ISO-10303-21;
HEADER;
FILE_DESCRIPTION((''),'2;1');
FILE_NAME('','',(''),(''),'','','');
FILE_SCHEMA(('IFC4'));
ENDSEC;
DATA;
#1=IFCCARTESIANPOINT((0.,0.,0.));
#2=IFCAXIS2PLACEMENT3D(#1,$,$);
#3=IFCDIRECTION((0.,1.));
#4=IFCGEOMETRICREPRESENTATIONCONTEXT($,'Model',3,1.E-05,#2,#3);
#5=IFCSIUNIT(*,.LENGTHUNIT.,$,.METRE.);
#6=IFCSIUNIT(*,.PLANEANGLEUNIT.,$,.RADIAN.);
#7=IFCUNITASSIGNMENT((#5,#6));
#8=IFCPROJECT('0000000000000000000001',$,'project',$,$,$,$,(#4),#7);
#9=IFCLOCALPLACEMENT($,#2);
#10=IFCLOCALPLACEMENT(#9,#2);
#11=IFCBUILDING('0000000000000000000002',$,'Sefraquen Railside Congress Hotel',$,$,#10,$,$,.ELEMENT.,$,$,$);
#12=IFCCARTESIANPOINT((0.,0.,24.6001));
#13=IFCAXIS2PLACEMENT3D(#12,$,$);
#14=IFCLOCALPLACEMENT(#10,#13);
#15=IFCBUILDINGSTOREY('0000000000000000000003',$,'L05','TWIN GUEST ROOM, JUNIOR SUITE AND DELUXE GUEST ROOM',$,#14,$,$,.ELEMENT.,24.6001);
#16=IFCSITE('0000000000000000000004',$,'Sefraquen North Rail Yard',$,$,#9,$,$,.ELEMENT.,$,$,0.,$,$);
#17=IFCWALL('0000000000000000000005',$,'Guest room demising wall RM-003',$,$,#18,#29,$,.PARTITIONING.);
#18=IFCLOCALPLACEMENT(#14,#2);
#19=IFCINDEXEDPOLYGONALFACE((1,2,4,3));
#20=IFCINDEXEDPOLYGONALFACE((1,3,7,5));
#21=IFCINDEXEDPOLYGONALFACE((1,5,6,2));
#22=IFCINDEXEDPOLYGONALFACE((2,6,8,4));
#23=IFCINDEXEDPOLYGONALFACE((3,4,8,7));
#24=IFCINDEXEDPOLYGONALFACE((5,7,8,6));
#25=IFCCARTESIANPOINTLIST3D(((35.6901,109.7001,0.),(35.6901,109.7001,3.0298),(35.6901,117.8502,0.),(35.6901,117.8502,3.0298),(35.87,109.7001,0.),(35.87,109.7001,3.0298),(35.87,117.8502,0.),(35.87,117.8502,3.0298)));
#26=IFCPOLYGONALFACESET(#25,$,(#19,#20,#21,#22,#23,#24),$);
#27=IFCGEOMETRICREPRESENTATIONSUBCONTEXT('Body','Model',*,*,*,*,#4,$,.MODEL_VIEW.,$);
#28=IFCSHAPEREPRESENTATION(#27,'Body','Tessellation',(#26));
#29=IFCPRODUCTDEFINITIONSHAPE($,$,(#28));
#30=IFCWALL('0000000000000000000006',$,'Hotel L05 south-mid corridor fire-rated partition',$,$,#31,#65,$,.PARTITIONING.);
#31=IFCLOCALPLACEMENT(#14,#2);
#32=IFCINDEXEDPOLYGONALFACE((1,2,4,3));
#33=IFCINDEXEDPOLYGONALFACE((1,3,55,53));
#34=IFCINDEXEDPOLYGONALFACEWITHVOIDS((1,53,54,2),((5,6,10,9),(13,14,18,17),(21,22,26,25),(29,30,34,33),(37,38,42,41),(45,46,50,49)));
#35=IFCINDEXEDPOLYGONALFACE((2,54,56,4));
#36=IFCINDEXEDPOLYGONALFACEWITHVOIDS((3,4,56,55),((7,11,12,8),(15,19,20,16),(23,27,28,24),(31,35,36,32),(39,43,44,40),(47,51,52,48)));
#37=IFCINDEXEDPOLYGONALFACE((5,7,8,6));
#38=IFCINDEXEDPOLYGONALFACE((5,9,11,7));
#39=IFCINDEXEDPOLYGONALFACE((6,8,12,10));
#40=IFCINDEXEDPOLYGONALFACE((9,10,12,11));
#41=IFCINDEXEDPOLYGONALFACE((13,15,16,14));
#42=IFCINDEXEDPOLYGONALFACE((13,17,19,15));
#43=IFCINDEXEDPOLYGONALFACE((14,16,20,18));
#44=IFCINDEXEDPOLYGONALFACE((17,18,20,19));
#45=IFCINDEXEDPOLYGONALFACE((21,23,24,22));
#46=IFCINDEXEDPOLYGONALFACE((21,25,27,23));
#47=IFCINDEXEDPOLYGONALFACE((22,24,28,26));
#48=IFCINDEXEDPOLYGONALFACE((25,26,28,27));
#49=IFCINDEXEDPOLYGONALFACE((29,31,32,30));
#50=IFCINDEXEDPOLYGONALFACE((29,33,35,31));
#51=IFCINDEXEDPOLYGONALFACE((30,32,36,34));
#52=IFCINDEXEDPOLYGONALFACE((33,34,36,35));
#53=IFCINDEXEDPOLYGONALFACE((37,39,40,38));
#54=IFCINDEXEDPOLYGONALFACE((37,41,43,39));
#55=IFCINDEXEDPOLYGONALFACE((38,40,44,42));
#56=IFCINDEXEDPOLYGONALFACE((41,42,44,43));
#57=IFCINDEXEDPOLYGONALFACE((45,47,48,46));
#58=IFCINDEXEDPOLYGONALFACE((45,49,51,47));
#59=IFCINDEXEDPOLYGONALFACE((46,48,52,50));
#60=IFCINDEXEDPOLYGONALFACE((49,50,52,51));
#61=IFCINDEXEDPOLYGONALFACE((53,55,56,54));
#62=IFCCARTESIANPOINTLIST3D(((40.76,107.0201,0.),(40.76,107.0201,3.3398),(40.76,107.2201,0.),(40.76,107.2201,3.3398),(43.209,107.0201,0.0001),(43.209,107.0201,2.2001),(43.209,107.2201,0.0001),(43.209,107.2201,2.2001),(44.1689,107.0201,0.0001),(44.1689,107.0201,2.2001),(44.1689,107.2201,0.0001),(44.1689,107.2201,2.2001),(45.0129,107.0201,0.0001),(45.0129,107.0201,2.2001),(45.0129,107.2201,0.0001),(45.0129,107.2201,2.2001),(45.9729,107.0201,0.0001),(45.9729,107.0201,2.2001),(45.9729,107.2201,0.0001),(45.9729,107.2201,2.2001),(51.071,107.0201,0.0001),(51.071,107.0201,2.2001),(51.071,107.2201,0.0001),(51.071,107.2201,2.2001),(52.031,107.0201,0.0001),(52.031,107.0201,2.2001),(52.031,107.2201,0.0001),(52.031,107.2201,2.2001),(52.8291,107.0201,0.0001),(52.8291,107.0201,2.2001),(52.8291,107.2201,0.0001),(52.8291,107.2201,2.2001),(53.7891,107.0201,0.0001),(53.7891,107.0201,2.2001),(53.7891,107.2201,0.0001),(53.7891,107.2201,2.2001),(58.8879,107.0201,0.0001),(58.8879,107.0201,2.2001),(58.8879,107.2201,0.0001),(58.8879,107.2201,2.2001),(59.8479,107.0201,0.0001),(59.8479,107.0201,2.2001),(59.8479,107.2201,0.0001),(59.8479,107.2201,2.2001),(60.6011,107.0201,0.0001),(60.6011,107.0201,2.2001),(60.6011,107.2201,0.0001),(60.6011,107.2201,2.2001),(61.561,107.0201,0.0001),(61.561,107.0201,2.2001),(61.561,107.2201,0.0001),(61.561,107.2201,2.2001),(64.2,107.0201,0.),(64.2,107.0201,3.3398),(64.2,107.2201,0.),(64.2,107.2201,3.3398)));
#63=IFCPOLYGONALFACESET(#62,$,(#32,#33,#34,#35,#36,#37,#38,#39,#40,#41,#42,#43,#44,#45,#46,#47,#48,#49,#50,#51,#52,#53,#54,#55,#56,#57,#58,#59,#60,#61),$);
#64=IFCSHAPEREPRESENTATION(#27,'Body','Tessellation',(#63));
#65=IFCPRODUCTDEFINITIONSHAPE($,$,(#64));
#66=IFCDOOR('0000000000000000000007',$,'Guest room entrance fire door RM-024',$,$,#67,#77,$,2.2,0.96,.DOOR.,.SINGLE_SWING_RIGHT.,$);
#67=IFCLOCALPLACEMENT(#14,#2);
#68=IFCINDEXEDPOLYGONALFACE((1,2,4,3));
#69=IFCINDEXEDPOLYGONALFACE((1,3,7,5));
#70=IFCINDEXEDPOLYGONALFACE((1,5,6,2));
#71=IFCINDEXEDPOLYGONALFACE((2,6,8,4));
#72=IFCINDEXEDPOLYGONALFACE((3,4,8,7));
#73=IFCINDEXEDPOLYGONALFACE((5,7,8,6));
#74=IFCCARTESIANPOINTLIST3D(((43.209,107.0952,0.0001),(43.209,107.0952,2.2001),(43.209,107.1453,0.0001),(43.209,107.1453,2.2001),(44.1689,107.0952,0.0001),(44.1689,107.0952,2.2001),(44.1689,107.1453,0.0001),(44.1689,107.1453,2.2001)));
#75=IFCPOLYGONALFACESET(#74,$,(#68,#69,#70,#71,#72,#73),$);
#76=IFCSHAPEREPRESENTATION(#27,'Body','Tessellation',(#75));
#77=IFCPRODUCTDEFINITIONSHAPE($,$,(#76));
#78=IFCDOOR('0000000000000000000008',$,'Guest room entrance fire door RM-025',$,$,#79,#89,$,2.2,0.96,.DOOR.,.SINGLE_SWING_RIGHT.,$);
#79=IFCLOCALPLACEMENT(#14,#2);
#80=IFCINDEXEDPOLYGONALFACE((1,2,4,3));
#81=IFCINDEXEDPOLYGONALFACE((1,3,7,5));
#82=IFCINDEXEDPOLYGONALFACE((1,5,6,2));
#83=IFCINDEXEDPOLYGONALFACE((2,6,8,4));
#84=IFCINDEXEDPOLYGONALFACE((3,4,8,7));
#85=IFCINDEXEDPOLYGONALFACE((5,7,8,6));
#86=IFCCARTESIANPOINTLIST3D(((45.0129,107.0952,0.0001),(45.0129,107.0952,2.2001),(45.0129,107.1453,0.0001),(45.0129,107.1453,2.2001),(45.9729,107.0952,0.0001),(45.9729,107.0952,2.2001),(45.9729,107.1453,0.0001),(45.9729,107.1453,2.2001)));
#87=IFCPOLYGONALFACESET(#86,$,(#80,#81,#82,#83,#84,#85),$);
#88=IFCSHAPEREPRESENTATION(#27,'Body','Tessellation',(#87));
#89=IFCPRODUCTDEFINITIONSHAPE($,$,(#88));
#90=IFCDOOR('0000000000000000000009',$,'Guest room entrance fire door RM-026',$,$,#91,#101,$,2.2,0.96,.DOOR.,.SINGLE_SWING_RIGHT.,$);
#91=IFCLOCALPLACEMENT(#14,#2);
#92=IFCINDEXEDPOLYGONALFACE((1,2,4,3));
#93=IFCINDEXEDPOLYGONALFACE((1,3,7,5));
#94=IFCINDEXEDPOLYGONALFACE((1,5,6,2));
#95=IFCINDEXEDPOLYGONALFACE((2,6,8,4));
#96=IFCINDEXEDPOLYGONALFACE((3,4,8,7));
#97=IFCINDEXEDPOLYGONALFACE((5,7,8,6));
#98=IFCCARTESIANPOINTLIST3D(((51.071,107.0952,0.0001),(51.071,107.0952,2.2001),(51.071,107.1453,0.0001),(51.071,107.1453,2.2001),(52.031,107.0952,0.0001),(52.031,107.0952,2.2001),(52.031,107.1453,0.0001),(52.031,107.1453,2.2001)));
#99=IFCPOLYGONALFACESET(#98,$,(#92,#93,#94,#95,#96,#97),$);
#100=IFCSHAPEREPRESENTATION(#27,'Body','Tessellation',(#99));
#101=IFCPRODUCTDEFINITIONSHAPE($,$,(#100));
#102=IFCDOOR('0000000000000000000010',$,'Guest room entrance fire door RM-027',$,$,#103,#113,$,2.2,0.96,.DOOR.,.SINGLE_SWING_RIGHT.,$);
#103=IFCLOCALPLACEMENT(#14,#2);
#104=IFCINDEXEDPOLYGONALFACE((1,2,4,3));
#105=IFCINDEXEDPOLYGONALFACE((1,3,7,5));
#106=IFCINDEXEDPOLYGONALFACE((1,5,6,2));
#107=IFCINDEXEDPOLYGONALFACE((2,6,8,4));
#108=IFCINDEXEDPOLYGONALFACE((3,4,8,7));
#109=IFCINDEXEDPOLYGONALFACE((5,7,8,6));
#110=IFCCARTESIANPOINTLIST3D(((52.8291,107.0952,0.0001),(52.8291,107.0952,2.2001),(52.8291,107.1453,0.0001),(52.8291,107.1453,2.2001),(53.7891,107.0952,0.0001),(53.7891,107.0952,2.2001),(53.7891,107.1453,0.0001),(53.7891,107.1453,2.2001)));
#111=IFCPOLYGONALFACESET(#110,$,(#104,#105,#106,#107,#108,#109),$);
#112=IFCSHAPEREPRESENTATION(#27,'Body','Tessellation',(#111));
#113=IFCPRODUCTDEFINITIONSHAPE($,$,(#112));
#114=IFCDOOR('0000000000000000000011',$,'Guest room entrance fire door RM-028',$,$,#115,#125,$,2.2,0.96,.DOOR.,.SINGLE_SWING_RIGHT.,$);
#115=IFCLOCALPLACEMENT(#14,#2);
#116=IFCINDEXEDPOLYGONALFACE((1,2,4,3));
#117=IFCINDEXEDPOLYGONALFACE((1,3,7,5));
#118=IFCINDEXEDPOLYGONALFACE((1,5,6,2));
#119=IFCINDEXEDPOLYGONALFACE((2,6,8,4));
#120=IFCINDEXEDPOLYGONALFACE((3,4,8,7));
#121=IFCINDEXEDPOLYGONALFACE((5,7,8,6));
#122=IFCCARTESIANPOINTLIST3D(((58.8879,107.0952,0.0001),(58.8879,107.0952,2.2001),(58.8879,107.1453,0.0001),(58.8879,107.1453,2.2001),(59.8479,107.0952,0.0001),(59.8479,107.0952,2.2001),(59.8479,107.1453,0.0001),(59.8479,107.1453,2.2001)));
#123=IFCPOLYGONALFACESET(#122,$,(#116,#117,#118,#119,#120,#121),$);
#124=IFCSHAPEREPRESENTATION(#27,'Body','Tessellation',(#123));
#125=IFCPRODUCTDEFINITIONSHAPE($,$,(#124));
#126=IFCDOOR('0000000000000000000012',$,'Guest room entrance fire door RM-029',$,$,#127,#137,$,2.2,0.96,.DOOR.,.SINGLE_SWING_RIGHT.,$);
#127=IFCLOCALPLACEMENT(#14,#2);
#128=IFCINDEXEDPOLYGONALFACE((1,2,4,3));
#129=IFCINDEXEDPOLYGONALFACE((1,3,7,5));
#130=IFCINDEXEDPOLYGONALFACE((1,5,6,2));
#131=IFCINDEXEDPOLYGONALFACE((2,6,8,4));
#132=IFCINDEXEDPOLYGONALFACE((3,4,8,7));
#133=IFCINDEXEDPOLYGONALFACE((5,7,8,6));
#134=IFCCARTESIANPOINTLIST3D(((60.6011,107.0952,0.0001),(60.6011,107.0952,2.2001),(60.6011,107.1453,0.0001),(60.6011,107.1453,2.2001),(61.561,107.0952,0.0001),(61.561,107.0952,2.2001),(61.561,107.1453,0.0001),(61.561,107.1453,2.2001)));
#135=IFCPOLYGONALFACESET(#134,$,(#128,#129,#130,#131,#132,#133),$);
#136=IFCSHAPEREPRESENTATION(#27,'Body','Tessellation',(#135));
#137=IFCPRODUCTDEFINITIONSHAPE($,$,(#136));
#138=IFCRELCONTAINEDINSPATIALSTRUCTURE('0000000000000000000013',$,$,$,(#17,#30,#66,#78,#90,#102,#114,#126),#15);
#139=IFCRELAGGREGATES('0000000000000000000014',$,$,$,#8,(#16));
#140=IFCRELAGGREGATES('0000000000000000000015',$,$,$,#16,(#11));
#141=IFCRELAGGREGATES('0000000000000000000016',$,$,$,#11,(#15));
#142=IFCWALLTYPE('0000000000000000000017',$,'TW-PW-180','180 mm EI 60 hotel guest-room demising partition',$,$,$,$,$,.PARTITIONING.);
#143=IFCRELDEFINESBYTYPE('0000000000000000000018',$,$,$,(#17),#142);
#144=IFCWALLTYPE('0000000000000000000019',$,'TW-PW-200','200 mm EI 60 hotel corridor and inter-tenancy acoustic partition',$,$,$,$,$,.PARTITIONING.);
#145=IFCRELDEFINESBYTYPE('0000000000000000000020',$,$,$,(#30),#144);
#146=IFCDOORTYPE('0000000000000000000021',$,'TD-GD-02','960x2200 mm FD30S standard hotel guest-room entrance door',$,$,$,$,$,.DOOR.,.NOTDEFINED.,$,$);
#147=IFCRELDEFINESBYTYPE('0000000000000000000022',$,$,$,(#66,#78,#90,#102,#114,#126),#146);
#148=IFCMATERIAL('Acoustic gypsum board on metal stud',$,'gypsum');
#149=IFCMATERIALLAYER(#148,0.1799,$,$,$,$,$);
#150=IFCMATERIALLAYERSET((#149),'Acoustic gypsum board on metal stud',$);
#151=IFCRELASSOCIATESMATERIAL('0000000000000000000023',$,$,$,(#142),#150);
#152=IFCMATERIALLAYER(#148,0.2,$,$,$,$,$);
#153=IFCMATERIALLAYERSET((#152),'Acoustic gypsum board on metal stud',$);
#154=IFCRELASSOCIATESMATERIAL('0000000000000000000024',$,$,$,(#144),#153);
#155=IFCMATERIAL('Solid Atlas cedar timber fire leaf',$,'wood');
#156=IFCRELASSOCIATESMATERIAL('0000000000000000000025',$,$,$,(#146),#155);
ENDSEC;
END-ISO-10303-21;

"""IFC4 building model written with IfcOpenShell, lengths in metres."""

from ifc_helpers import new_model, si_unit, direction, frame, frame_2d, origin, place, context, subcontext, project, spatial, rectangle, extrude, material, layer, layer_set, type_object, element, fill, save


model = new_model("IFC4")

# Units and contexts
model_context = context("Model", 3, precision=1e-05, world=origin(), true_north=direction((0.0, 1.0)))
body_context = subcontext(model_context, "Body", "Model", "MODEL_VIEW")
ifc_project = project(units=[si_unit("LENGTHUNIT", "METRE"), si_unit("PLANEANGLEUNIT", "RADIAN")], contexts=[model_context])

# Site, building, storey
site_placement = place(None, origin())
site = spatial("IfcSite", under=ifc_project, at=site_placement, Name="Sefraquen North Rail Yard", CompositionType="ELEMENT", RefElevation=0.0)
building_placement = place(site_placement, origin())
building = spatial("IfcBuilding", under=site, at=building_placement, Name="Sefraquen Railside Congress Hotel", CompositionType="ELEMENT")
storey_placement = place(building_placement, frame((0.0, 0.0, 24.6001)))
storey = spatial("IfcBuildingStorey", under=building, at=storey_placement, Name="L05", Description="TWIN GUEST ROOM, JUNIOR SUITE AND DELUXE GUEST ROOM", CompositionType="ELEMENT", Elevation=24.6001)

# Wall
ifc_material_1 = material(Name="Acoustic gypsum board on metal stud", Category="gypsum")
ifc_layer_1 = layer(ifc_material_1, 0.1799)
ifc_layer_set_1 = layer_set([ifc_layer_1], Name="Acoustic gypsum board on metal stud")
wall_type_1 = type_object("IfcWallType", Name="TW-PW-180", Description="180 mm EI 60 hotel guest-room demising partition", PredefinedType="PARTITIONING", material=ifc_layer_set_1)
wall_1_placement = place(storey_placement, frame((35.78, 109.7, 0.0), z_axis=(0.0, 0.0, 1.0), x_axis=(0.0, 1.0, 0.0)))
element("IfcWall", 1, at=wall_1_placement, inside=storey, type_object=wall_type_1, Name="Guest room demising wall RM-003", PredefinedType="PARTITIONING", context=body_context, shape_type="SweptSolid", body=[
    extrude(rectangle(XDim=8.1501, YDim=0.1799, at=frame_2d((4.0752, 0.0))), origin(), (0.0, 0.0, 1.0), 3.0298),
])

# Wall, openings, doors
ifc_layer_2 = layer(ifc_material_1, 0.2)
ifc_layer_set_2 = layer_set([ifc_layer_2], Name="Acoustic gypsum board on metal stud")
wall_type_2 = type_object("IfcWallType", Name="TW-PW-200", Description="200 mm EI 60 hotel corridor and inter-tenancy acoustic partition", PredefinedType="PARTITIONING", material=ifc_layer_set_2)
wall_2_placement = place(storey_placement, frame((40.76, 107.1201, 0.0), z_axis=(0.0, 0.0, 1.0), x_axis=(1.0, 0.0, 0.0)))
wall_2 = element("IfcWall", 2, at=wall_2_placement, inside=storey, type_object=wall_type_2, Name="Hotel L05 south-mid corridor fire-rated partition", PredefinedType="PARTITIONING", context=body_context, shape_type="SweptSolid", body=[
    extrude(rectangle(XDim=23.4399, YDim=0.2, at=frame_2d((11.72, 0.0))), origin(), (0.0, 0.0, 1.0), 3.3398),
])
opening_1_placement = place(wall_2_placement, frame((2.449, 0.0, 0.0)))
opening_1 = element("IfcOpeningElement", 3, at=opening_1_placement, cuts=wall_2, PredefinedType="OPENING", context=body_context, shape_type="SweptSolid", body=[
    extrude(rectangle(XDim=0.96, YDim=2.2, at=frame_2d((0.48, 1.1001))), frame((0.0, 0.1099, 0.0), z_axis=(0.0, -1.0, 0.0), x_axis=(1.0, 0.0, 0.0)), (0.0, 0.0, 1.0), 0.22),
])
opening_2_placement = place(wall_2_placement, frame((4.2529, 0.0, 0.0)))
opening_2 = element("IfcOpeningElement", 4, at=opening_2_placement, cuts=wall_2, PredefinedType="OPENING", context=body_context, shape_type="SweptSolid", body=[
    extrude(rectangle(XDim=0.96, YDim=2.2, at=frame_2d((0.48, 1.1001))), frame((0.0, 0.1099, 0.0), z_axis=(0.0, -1.0, 0.0), x_axis=(1.0, 0.0, 0.0)), (0.0, 0.0, 1.0), 0.22),
])
opening_3_placement = place(wall_2_placement, frame((10.311, 0.0, 0.0)))
opening_3 = element("IfcOpeningElement", 5, at=opening_3_placement, cuts=wall_2, PredefinedType="OPENING", context=body_context, shape_type="SweptSolid", body=[
    extrude(rectangle(XDim=0.96, YDim=2.2, at=frame_2d((0.48, 1.1001))), frame((0.0, 0.1099, 0.0), z_axis=(0.0, -1.0, 0.0), x_axis=(1.0, 0.0, 0.0)), (0.0, 0.0, 1.0), 0.22),
])
opening_4_placement = place(wall_2_placement, frame((12.0691, 0.0, 0.0)))
opening_4 = element("IfcOpeningElement", 6, at=opening_4_placement, cuts=wall_2, PredefinedType="OPENING", context=body_context, shape_type="SweptSolid", body=[
    extrude(rectangle(XDim=0.96, YDim=2.2, at=frame_2d((0.48, 1.1001))), frame((0.0, 0.1099, 0.0), z_axis=(0.0, -1.0, 0.0), x_axis=(1.0, 0.0, 0.0)), (0.0, 0.0, 1.0), 0.22),
])
opening_5_placement = place(wall_2_placement, frame((18.1279, 0.0, 0.0)))
opening_5 = element("IfcOpeningElement", 7, at=opening_5_placement, cuts=wall_2, PredefinedType="OPENING", context=body_context, shape_type="SweptSolid", body=[
    extrude(rectangle(XDim=0.96, YDim=2.2, at=frame_2d((0.48, 1.1001))), frame((0.0, 0.1099, 0.0), z_axis=(0.0, -1.0, 0.0), x_axis=(1.0, 0.0, 0.0)), (0.0, 0.0, 1.0), 0.22),
])
opening_6_placement = place(wall_2_placement, frame((19.8411, 0.0, 0.0)))
opening_6 = element("IfcOpeningElement", 8, at=opening_6_placement, cuts=wall_2, PredefinedType="OPENING", context=body_context, shape_type="SweptSolid", body=[
    extrude(rectangle(XDim=0.96, YDim=2.2, at=frame_2d((0.48, 1.1001))), frame((0.0, 0.1099, 0.0), z_axis=(0.0, -1.0, 0.0), x_axis=(1.0, 0.0, 0.0)), (0.0, 0.0, 1.0), 0.22),
])
ifc_material_2 = material(Name="Solid Atlas cedar timber fire leaf", Category="wood")
door_type_1 = type_object("IfcDoorType", Name="TD-GD-02", Description="960x2200 mm FD30S standard hotel guest-room entrance door", OperationType="NOTDEFINED", PredefinedType="DOOR", material=ifc_material_2)
door_1_placement = place(opening_1_placement, frame((0.96, 0.0, 0.0), z_axis=(0.0, 0.0, 1.0), x_axis=(-1.0, 0.0, 0.0)))
door_1 = element("IfcDoor", 9, at=door_1_placement, inside=storey, type_object=door_type_1, Name="Guest room entrance fire door RM-024", OperationType="SINGLE_SWING_RIGHT", OverallHeight=2.2, OverallWidth=0.96, PredefinedType="DOOR", context=body_context, shape_type="SweptSolid", body=[
    extrude(rectangle(XDim=0.96, YDim=2.2, at=frame_2d((0.48, 1.1001))), frame((0.0, 0.0249, 0.0), z_axis=(0.0, -1.0, 0.0), x_axis=(1.0, 0.0, 0.0)), (0.0, 0.0, 1.0), 0.05),
])
fill(opening_1, door_1)
door_2_placement = place(opening_2_placement, frame((0.96, 0.0, 0.0), z_axis=(0.0, 0.0, 1.0), x_axis=(-1.0, 0.0, 0.0)))
door_2 = element("IfcDoor", 10, at=door_2_placement, inside=storey, type_object=door_type_1, Name="Guest room entrance fire door RM-025", OperationType="SINGLE_SWING_RIGHT", OverallHeight=2.2, OverallWidth=0.96, PredefinedType="DOOR", context=body_context, shape_type="SweptSolid", body=[
    extrude(rectangle(XDim=0.96, YDim=2.2, at=frame_2d((0.48, 1.1001))), frame((0.0, 0.0249, 0.0), z_axis=(0.0, -1.0, 0.0), x_axis=(1.0, 0.0, 0.0)), (0.0, 0.0, 1.0), 0.05),
])
fill(opening_2, door_2)
door_3_placement = place(opening_3_placement, frame((0.96, 0.0, 0.0), z_axis=(0.0, 0.0, 1.0), x_axis=(-1.0, 0.0, 0.0)))
door_3 = element("IfcDoor", 11, at=door_3_placement, inside=storey, type_object=door_type_1, Name="Guest room entrance fire door RM-026", OperationType="SINGLE_SWING_RIGHT", OverallHeight=2.2, OverallWidth=0.96, PredefinedType="DOOR", context=body_context, shape_type="SweptSolid", body=[
    extrude(rectangle(XDim=0.96, YDim=2.2, at=frame_2d((0.48, 1.1001))), frame((0.0, 0.0249, 0.0), z_axis=(0.0, -1.0, 0.0), x_axis=(1.0, 0.0, 0.0)), (0.0, 0.0, 1.0), 0.05),
])
fill(opening_3, door_3)
door_4_placement = place(opening_4_placement, frame((0.96, 0.0, 0.0), z_axis=(0.0, 0.0, 1.0), x_axis=(-1.0, 0.0, 0.0)))
door_4 = element("IfcDoor", 12, at=door_4_placement, inside=storey, type_object=door_type_1, Name="Guest room entrance fire door RM-027", OperationType="SINGLE_SWING_RIGHT", OverallHeight=2.2, OverallWidth=0.96, PredefinedType="DOOR", context=body_context, shape_type="SweptSolid", body=[
    extrude(rectangle(XDim=0.96, YDim=2.2, at=frame_2d((0.48, 1.1001))), frame((0.0, 0.0249, 0.0), z_axis=(0.0, -1.0, 0.0), x_axis=(1.0, 0.0, 0.0)), (0.0, 0.0, 1.0), 0.05),
])
fill(opening_4, door_4)
door_5_placement = place(opening_5_placement, frame((0.96, 0.0, 0.0), z_axis=(0.0, 0.0, 1.0), x_axis=(-1.0, 0.0, 0.0)))
door_5 = element("IfcDoor", 13, at=door_5_placement, inside=storey, type_object=door_type_1, Name="Guest room entrance fire door RM-028", OperationType="SINGLE_SWING_RIGHT", OverallHeight=2.2, OverallWidth=0.96, PredefinedType="DOOR", context=body_context, shape_type="SweptSolid", body=[
    extrude(rectangle(XDim=0.96, YDim=2.2, at=frame_2d((0.48, 1.1001))), frame((0.0, 0.0249, 0.0), z_axis=(0.0, -1.0, 0.0), x_axis=(1.0, 0.0, 0.0)), (0.0, 0.0, 1.0), 0.05),
])
fill(opening_5, door_5)
door_6_placement = place(opening_6_placement, frame((0.96, 0.0, 0.0), z_axis=(0.0, 0.0, 1.0), x_axis=(-1.0, 0.0, 0.0)))
door_6 = element("IfcDoor", 14, at=door_6_placement, inside=storey, type_object=door_type_1, Name="Guest room entrance fire door RM-029", OperationType="SINGLE_SWING_RIGHT", OverallHeight=2.2, OverallWidth=0.96, PredefinedType="DOOR", context=body_context, shape_type="SweptSolid", body=[
    extrude(rectangle(XDim=0.96, YDim=2.2, at=frame_2d((0.48, 1.1001))), frame((0.0, 0.0249, 0.0), z_axis=(0.0, -1.0, 0.0), x_axis=(1.0, 0.0, 0.0)), (0.0, 0.0, 1.0), 0.05),
])
fill(opening_6, door_6)

save(model, "model.ifc")
